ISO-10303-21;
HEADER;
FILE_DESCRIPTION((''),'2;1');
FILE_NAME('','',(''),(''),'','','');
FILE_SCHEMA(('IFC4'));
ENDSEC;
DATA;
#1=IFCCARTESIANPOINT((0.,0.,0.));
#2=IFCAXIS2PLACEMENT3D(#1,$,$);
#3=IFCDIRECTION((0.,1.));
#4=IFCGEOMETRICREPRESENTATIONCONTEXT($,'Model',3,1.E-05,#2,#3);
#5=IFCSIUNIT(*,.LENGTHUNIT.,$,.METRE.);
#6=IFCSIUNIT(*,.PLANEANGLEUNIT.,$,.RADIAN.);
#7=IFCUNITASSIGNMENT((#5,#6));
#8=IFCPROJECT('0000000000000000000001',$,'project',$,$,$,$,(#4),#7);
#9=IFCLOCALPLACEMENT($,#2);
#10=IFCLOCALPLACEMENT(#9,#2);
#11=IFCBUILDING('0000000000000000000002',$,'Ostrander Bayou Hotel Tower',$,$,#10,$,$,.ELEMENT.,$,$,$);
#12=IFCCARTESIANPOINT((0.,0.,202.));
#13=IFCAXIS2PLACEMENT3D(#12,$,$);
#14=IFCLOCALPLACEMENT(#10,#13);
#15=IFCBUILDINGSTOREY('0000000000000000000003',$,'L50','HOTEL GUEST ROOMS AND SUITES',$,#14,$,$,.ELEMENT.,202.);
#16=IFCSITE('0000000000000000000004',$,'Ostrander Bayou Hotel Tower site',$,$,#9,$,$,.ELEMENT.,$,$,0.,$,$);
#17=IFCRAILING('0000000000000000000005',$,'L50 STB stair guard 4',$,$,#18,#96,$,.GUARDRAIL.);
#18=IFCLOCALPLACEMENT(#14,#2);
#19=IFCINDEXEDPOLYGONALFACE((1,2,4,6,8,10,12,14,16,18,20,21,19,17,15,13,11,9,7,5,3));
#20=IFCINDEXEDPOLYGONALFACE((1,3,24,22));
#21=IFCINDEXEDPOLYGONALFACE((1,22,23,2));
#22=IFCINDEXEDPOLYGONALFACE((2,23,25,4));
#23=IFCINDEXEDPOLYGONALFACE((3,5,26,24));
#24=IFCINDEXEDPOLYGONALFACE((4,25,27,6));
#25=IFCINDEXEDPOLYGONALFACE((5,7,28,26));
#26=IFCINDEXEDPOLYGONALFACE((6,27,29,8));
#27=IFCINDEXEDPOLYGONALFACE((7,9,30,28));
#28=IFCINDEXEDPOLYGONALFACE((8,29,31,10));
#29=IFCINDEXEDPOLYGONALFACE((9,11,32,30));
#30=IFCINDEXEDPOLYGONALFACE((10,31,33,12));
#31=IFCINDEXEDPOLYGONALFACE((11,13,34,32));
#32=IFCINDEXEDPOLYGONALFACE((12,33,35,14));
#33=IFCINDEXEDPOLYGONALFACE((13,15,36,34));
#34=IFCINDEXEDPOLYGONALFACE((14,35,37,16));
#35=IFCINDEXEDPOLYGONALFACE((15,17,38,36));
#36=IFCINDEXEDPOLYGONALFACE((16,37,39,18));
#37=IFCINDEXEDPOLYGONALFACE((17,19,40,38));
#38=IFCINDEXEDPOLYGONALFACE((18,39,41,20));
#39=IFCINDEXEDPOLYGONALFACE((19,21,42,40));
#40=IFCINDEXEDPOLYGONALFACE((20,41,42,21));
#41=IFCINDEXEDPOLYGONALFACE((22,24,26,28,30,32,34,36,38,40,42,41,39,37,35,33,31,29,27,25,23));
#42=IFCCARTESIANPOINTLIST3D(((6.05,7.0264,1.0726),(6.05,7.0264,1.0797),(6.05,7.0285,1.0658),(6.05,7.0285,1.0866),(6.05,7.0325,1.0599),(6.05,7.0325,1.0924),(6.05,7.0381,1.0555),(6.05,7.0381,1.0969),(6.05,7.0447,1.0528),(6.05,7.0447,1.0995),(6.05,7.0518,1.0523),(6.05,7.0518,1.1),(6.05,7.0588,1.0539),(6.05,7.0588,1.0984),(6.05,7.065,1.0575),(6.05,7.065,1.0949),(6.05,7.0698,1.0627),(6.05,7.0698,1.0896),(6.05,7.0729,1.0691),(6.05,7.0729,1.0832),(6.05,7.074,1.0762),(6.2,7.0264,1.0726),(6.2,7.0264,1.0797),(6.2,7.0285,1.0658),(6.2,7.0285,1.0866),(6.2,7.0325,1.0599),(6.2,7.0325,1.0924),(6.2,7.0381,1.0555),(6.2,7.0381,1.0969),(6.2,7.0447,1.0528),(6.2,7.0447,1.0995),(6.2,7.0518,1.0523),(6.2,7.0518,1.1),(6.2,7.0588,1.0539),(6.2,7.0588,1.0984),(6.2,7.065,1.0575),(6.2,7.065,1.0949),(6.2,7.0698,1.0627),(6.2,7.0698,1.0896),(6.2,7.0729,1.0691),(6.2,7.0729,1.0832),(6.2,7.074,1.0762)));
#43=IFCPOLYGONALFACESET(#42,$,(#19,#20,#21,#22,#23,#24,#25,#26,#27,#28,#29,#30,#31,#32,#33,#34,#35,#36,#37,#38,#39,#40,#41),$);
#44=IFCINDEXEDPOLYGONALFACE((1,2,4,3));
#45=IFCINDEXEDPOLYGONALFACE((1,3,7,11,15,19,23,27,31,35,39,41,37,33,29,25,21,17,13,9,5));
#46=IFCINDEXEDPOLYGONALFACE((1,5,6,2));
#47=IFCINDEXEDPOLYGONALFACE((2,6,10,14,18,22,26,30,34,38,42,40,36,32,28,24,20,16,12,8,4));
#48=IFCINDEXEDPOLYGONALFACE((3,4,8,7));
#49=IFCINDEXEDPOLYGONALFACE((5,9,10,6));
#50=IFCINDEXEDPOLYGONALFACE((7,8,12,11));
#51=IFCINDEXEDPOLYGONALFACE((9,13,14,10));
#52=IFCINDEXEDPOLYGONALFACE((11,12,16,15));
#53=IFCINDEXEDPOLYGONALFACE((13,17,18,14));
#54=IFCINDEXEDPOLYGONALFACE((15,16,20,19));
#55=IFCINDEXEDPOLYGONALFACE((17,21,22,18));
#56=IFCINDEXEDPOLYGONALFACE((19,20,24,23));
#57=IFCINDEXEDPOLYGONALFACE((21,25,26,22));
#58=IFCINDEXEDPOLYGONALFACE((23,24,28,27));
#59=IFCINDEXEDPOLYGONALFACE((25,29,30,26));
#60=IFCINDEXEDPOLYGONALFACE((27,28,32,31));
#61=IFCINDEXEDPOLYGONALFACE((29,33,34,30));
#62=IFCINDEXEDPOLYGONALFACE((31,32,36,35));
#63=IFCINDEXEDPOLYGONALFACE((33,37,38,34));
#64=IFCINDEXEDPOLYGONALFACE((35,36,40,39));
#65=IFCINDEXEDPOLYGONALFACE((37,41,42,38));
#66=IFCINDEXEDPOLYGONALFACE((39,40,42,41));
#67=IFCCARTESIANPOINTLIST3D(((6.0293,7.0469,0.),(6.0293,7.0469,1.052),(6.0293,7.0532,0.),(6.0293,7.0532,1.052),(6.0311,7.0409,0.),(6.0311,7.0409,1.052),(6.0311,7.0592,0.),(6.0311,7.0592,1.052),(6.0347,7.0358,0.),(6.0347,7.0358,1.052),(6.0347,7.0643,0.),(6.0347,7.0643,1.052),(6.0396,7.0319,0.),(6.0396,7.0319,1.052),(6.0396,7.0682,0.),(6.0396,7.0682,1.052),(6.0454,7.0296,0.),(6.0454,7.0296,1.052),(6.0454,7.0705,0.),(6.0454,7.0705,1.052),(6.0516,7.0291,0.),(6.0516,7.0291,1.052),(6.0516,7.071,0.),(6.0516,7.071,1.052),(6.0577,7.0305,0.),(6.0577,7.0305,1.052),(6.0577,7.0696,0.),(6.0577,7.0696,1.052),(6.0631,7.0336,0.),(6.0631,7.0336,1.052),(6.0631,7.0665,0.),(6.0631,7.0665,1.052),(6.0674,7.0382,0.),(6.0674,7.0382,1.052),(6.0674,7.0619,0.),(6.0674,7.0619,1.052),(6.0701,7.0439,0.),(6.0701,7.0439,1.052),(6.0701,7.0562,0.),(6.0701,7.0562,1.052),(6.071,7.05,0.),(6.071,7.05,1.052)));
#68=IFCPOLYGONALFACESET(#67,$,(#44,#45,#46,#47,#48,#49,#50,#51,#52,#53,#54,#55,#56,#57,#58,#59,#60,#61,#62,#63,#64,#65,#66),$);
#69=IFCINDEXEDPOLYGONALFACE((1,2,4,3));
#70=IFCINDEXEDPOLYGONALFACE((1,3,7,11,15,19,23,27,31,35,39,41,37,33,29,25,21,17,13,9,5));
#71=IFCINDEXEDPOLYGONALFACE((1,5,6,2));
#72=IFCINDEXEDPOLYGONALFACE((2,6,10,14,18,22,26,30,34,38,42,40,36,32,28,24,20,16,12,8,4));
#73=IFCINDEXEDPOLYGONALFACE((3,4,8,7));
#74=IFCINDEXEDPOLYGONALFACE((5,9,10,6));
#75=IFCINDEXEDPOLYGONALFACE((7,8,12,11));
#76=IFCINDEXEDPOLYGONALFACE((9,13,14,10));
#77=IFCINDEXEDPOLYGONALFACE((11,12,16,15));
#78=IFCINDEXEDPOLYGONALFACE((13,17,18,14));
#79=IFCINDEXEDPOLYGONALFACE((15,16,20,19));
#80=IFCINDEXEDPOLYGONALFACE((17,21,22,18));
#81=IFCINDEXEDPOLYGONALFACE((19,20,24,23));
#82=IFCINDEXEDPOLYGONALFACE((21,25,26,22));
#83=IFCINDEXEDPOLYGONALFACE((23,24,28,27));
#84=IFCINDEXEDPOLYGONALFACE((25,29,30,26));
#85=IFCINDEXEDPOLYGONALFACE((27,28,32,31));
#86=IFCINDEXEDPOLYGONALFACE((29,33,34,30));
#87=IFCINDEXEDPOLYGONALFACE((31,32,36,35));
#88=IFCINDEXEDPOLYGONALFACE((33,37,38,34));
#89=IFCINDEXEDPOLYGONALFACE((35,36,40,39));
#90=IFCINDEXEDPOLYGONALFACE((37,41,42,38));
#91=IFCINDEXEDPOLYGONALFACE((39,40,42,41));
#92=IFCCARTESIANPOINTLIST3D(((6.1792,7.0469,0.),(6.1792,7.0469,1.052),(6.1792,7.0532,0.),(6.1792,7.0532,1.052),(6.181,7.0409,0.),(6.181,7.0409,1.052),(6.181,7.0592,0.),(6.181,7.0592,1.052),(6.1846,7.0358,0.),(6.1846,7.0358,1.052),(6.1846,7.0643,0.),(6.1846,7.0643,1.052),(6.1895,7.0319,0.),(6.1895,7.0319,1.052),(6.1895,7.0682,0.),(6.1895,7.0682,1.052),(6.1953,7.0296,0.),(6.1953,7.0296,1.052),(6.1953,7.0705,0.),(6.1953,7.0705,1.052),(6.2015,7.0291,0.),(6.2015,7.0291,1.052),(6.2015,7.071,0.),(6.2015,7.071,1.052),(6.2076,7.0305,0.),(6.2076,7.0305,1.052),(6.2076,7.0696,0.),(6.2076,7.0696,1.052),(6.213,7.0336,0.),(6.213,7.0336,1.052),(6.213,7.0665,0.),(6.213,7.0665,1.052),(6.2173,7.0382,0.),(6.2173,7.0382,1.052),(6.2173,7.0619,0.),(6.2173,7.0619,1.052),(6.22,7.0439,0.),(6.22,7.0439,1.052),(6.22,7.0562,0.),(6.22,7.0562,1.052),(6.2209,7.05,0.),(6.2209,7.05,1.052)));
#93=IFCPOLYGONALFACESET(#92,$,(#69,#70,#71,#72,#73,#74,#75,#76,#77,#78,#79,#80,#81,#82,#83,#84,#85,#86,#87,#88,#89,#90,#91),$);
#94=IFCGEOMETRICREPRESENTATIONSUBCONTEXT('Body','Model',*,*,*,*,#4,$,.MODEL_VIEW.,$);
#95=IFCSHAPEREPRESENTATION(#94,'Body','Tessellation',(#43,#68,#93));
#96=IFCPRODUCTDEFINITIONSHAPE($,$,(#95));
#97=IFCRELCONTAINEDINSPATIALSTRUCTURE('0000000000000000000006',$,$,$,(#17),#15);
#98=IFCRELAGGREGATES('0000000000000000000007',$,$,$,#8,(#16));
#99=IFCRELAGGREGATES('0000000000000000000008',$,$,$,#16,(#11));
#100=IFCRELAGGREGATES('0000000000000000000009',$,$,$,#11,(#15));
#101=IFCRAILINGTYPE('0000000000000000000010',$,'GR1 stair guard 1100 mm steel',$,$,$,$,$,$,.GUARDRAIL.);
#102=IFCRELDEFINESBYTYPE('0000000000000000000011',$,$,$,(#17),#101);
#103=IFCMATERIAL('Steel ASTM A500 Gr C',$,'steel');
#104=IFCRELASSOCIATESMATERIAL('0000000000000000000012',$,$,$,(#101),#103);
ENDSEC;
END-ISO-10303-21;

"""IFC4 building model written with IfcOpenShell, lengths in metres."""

from ifc_helpers import new_model, si_unit, direction, frame, origin, origin_2d, place, context, subcontext, project, spatial, circle, extrude, material, type_object, element, save


model = new_model("IFC4")

# Units and contexts
model_context = context("Model", 3, precision=1e-05, world=origin(), true_north=direction((0.0, 1.0)))
body_context = subcontext(model_context, "Body", "Model", "MODEL_VIEW")
ifc_project = project(units=[si_unit("LENGTHUNIT", "METRE"), si_unit("PLANEANGLEUNIT", "RADIAN")], contexts=[model_context])

# Site, building, storey
site_placement = place(None, origin())
site = spatial("IfcSite", under=ifc_project, at=site_placement, Name="Ostrander Bayou Hotel Tower site", CompositionType="ELEMENT", RefElevation=0.0)
building_placement = place(site_placement, origin())
building = spatial("IfcBuilding", under=site, at=building_placement, Name="Ostrander Bayou Hotel Tower", CompositionType="ELEMENT")
storey_placement = place(building_placement, frame((0.0, 0.0, 202.0)))
storey = spatial("IfcBuildingStorey", under=building, at=storey_placement, Name="L50", Description="HOTEL GUEST ROOMS AND SUITES", CompositionType="ELEMENT", Elevation=202.0)

# Railing
ifc_material_1 = material(Name="Steel ASTM A500 Gr C", Category="steel")
railing_type_1 = type_object("IfcRailingType", Name="GR1 stair guard 1100 mm steel", PredefinedType="GUARDRAIL", material=ifc_material_1)
railing_1_placement = place(storey_placement, frame((6.05, 7.05, 0.0)))
element("IfcRailing", 1, at=railing_1_placement, inside=storey, type_object=railing_type_1, Name="L50 STB stair guard 4", PredefinedType="GUARDRAIL", context=body_context, shape_type="SweptSolid", body=[
    extrude(circle(Radius=0.0239, at=origin_2d()), frame((0.0, 0.0, 1.0762), z_axis=(1.0, 0.0, 0.0), x_axis=(0.0, 1.0, 0.0)), (0.0, 0.0, 1.0), 0.1499),
    extrude(circle(Radius=0.021, at=origin_2d()), origin(), (0.0, 0.0, 1.0), 1.052),
    extrude(circle(Radius=0.021, at=origin_2d()), frame((0.1499, 0.0, 0.0)), (0.0, 0.0, 1.0), 1.052),
])

save(model, "model.ifc")
